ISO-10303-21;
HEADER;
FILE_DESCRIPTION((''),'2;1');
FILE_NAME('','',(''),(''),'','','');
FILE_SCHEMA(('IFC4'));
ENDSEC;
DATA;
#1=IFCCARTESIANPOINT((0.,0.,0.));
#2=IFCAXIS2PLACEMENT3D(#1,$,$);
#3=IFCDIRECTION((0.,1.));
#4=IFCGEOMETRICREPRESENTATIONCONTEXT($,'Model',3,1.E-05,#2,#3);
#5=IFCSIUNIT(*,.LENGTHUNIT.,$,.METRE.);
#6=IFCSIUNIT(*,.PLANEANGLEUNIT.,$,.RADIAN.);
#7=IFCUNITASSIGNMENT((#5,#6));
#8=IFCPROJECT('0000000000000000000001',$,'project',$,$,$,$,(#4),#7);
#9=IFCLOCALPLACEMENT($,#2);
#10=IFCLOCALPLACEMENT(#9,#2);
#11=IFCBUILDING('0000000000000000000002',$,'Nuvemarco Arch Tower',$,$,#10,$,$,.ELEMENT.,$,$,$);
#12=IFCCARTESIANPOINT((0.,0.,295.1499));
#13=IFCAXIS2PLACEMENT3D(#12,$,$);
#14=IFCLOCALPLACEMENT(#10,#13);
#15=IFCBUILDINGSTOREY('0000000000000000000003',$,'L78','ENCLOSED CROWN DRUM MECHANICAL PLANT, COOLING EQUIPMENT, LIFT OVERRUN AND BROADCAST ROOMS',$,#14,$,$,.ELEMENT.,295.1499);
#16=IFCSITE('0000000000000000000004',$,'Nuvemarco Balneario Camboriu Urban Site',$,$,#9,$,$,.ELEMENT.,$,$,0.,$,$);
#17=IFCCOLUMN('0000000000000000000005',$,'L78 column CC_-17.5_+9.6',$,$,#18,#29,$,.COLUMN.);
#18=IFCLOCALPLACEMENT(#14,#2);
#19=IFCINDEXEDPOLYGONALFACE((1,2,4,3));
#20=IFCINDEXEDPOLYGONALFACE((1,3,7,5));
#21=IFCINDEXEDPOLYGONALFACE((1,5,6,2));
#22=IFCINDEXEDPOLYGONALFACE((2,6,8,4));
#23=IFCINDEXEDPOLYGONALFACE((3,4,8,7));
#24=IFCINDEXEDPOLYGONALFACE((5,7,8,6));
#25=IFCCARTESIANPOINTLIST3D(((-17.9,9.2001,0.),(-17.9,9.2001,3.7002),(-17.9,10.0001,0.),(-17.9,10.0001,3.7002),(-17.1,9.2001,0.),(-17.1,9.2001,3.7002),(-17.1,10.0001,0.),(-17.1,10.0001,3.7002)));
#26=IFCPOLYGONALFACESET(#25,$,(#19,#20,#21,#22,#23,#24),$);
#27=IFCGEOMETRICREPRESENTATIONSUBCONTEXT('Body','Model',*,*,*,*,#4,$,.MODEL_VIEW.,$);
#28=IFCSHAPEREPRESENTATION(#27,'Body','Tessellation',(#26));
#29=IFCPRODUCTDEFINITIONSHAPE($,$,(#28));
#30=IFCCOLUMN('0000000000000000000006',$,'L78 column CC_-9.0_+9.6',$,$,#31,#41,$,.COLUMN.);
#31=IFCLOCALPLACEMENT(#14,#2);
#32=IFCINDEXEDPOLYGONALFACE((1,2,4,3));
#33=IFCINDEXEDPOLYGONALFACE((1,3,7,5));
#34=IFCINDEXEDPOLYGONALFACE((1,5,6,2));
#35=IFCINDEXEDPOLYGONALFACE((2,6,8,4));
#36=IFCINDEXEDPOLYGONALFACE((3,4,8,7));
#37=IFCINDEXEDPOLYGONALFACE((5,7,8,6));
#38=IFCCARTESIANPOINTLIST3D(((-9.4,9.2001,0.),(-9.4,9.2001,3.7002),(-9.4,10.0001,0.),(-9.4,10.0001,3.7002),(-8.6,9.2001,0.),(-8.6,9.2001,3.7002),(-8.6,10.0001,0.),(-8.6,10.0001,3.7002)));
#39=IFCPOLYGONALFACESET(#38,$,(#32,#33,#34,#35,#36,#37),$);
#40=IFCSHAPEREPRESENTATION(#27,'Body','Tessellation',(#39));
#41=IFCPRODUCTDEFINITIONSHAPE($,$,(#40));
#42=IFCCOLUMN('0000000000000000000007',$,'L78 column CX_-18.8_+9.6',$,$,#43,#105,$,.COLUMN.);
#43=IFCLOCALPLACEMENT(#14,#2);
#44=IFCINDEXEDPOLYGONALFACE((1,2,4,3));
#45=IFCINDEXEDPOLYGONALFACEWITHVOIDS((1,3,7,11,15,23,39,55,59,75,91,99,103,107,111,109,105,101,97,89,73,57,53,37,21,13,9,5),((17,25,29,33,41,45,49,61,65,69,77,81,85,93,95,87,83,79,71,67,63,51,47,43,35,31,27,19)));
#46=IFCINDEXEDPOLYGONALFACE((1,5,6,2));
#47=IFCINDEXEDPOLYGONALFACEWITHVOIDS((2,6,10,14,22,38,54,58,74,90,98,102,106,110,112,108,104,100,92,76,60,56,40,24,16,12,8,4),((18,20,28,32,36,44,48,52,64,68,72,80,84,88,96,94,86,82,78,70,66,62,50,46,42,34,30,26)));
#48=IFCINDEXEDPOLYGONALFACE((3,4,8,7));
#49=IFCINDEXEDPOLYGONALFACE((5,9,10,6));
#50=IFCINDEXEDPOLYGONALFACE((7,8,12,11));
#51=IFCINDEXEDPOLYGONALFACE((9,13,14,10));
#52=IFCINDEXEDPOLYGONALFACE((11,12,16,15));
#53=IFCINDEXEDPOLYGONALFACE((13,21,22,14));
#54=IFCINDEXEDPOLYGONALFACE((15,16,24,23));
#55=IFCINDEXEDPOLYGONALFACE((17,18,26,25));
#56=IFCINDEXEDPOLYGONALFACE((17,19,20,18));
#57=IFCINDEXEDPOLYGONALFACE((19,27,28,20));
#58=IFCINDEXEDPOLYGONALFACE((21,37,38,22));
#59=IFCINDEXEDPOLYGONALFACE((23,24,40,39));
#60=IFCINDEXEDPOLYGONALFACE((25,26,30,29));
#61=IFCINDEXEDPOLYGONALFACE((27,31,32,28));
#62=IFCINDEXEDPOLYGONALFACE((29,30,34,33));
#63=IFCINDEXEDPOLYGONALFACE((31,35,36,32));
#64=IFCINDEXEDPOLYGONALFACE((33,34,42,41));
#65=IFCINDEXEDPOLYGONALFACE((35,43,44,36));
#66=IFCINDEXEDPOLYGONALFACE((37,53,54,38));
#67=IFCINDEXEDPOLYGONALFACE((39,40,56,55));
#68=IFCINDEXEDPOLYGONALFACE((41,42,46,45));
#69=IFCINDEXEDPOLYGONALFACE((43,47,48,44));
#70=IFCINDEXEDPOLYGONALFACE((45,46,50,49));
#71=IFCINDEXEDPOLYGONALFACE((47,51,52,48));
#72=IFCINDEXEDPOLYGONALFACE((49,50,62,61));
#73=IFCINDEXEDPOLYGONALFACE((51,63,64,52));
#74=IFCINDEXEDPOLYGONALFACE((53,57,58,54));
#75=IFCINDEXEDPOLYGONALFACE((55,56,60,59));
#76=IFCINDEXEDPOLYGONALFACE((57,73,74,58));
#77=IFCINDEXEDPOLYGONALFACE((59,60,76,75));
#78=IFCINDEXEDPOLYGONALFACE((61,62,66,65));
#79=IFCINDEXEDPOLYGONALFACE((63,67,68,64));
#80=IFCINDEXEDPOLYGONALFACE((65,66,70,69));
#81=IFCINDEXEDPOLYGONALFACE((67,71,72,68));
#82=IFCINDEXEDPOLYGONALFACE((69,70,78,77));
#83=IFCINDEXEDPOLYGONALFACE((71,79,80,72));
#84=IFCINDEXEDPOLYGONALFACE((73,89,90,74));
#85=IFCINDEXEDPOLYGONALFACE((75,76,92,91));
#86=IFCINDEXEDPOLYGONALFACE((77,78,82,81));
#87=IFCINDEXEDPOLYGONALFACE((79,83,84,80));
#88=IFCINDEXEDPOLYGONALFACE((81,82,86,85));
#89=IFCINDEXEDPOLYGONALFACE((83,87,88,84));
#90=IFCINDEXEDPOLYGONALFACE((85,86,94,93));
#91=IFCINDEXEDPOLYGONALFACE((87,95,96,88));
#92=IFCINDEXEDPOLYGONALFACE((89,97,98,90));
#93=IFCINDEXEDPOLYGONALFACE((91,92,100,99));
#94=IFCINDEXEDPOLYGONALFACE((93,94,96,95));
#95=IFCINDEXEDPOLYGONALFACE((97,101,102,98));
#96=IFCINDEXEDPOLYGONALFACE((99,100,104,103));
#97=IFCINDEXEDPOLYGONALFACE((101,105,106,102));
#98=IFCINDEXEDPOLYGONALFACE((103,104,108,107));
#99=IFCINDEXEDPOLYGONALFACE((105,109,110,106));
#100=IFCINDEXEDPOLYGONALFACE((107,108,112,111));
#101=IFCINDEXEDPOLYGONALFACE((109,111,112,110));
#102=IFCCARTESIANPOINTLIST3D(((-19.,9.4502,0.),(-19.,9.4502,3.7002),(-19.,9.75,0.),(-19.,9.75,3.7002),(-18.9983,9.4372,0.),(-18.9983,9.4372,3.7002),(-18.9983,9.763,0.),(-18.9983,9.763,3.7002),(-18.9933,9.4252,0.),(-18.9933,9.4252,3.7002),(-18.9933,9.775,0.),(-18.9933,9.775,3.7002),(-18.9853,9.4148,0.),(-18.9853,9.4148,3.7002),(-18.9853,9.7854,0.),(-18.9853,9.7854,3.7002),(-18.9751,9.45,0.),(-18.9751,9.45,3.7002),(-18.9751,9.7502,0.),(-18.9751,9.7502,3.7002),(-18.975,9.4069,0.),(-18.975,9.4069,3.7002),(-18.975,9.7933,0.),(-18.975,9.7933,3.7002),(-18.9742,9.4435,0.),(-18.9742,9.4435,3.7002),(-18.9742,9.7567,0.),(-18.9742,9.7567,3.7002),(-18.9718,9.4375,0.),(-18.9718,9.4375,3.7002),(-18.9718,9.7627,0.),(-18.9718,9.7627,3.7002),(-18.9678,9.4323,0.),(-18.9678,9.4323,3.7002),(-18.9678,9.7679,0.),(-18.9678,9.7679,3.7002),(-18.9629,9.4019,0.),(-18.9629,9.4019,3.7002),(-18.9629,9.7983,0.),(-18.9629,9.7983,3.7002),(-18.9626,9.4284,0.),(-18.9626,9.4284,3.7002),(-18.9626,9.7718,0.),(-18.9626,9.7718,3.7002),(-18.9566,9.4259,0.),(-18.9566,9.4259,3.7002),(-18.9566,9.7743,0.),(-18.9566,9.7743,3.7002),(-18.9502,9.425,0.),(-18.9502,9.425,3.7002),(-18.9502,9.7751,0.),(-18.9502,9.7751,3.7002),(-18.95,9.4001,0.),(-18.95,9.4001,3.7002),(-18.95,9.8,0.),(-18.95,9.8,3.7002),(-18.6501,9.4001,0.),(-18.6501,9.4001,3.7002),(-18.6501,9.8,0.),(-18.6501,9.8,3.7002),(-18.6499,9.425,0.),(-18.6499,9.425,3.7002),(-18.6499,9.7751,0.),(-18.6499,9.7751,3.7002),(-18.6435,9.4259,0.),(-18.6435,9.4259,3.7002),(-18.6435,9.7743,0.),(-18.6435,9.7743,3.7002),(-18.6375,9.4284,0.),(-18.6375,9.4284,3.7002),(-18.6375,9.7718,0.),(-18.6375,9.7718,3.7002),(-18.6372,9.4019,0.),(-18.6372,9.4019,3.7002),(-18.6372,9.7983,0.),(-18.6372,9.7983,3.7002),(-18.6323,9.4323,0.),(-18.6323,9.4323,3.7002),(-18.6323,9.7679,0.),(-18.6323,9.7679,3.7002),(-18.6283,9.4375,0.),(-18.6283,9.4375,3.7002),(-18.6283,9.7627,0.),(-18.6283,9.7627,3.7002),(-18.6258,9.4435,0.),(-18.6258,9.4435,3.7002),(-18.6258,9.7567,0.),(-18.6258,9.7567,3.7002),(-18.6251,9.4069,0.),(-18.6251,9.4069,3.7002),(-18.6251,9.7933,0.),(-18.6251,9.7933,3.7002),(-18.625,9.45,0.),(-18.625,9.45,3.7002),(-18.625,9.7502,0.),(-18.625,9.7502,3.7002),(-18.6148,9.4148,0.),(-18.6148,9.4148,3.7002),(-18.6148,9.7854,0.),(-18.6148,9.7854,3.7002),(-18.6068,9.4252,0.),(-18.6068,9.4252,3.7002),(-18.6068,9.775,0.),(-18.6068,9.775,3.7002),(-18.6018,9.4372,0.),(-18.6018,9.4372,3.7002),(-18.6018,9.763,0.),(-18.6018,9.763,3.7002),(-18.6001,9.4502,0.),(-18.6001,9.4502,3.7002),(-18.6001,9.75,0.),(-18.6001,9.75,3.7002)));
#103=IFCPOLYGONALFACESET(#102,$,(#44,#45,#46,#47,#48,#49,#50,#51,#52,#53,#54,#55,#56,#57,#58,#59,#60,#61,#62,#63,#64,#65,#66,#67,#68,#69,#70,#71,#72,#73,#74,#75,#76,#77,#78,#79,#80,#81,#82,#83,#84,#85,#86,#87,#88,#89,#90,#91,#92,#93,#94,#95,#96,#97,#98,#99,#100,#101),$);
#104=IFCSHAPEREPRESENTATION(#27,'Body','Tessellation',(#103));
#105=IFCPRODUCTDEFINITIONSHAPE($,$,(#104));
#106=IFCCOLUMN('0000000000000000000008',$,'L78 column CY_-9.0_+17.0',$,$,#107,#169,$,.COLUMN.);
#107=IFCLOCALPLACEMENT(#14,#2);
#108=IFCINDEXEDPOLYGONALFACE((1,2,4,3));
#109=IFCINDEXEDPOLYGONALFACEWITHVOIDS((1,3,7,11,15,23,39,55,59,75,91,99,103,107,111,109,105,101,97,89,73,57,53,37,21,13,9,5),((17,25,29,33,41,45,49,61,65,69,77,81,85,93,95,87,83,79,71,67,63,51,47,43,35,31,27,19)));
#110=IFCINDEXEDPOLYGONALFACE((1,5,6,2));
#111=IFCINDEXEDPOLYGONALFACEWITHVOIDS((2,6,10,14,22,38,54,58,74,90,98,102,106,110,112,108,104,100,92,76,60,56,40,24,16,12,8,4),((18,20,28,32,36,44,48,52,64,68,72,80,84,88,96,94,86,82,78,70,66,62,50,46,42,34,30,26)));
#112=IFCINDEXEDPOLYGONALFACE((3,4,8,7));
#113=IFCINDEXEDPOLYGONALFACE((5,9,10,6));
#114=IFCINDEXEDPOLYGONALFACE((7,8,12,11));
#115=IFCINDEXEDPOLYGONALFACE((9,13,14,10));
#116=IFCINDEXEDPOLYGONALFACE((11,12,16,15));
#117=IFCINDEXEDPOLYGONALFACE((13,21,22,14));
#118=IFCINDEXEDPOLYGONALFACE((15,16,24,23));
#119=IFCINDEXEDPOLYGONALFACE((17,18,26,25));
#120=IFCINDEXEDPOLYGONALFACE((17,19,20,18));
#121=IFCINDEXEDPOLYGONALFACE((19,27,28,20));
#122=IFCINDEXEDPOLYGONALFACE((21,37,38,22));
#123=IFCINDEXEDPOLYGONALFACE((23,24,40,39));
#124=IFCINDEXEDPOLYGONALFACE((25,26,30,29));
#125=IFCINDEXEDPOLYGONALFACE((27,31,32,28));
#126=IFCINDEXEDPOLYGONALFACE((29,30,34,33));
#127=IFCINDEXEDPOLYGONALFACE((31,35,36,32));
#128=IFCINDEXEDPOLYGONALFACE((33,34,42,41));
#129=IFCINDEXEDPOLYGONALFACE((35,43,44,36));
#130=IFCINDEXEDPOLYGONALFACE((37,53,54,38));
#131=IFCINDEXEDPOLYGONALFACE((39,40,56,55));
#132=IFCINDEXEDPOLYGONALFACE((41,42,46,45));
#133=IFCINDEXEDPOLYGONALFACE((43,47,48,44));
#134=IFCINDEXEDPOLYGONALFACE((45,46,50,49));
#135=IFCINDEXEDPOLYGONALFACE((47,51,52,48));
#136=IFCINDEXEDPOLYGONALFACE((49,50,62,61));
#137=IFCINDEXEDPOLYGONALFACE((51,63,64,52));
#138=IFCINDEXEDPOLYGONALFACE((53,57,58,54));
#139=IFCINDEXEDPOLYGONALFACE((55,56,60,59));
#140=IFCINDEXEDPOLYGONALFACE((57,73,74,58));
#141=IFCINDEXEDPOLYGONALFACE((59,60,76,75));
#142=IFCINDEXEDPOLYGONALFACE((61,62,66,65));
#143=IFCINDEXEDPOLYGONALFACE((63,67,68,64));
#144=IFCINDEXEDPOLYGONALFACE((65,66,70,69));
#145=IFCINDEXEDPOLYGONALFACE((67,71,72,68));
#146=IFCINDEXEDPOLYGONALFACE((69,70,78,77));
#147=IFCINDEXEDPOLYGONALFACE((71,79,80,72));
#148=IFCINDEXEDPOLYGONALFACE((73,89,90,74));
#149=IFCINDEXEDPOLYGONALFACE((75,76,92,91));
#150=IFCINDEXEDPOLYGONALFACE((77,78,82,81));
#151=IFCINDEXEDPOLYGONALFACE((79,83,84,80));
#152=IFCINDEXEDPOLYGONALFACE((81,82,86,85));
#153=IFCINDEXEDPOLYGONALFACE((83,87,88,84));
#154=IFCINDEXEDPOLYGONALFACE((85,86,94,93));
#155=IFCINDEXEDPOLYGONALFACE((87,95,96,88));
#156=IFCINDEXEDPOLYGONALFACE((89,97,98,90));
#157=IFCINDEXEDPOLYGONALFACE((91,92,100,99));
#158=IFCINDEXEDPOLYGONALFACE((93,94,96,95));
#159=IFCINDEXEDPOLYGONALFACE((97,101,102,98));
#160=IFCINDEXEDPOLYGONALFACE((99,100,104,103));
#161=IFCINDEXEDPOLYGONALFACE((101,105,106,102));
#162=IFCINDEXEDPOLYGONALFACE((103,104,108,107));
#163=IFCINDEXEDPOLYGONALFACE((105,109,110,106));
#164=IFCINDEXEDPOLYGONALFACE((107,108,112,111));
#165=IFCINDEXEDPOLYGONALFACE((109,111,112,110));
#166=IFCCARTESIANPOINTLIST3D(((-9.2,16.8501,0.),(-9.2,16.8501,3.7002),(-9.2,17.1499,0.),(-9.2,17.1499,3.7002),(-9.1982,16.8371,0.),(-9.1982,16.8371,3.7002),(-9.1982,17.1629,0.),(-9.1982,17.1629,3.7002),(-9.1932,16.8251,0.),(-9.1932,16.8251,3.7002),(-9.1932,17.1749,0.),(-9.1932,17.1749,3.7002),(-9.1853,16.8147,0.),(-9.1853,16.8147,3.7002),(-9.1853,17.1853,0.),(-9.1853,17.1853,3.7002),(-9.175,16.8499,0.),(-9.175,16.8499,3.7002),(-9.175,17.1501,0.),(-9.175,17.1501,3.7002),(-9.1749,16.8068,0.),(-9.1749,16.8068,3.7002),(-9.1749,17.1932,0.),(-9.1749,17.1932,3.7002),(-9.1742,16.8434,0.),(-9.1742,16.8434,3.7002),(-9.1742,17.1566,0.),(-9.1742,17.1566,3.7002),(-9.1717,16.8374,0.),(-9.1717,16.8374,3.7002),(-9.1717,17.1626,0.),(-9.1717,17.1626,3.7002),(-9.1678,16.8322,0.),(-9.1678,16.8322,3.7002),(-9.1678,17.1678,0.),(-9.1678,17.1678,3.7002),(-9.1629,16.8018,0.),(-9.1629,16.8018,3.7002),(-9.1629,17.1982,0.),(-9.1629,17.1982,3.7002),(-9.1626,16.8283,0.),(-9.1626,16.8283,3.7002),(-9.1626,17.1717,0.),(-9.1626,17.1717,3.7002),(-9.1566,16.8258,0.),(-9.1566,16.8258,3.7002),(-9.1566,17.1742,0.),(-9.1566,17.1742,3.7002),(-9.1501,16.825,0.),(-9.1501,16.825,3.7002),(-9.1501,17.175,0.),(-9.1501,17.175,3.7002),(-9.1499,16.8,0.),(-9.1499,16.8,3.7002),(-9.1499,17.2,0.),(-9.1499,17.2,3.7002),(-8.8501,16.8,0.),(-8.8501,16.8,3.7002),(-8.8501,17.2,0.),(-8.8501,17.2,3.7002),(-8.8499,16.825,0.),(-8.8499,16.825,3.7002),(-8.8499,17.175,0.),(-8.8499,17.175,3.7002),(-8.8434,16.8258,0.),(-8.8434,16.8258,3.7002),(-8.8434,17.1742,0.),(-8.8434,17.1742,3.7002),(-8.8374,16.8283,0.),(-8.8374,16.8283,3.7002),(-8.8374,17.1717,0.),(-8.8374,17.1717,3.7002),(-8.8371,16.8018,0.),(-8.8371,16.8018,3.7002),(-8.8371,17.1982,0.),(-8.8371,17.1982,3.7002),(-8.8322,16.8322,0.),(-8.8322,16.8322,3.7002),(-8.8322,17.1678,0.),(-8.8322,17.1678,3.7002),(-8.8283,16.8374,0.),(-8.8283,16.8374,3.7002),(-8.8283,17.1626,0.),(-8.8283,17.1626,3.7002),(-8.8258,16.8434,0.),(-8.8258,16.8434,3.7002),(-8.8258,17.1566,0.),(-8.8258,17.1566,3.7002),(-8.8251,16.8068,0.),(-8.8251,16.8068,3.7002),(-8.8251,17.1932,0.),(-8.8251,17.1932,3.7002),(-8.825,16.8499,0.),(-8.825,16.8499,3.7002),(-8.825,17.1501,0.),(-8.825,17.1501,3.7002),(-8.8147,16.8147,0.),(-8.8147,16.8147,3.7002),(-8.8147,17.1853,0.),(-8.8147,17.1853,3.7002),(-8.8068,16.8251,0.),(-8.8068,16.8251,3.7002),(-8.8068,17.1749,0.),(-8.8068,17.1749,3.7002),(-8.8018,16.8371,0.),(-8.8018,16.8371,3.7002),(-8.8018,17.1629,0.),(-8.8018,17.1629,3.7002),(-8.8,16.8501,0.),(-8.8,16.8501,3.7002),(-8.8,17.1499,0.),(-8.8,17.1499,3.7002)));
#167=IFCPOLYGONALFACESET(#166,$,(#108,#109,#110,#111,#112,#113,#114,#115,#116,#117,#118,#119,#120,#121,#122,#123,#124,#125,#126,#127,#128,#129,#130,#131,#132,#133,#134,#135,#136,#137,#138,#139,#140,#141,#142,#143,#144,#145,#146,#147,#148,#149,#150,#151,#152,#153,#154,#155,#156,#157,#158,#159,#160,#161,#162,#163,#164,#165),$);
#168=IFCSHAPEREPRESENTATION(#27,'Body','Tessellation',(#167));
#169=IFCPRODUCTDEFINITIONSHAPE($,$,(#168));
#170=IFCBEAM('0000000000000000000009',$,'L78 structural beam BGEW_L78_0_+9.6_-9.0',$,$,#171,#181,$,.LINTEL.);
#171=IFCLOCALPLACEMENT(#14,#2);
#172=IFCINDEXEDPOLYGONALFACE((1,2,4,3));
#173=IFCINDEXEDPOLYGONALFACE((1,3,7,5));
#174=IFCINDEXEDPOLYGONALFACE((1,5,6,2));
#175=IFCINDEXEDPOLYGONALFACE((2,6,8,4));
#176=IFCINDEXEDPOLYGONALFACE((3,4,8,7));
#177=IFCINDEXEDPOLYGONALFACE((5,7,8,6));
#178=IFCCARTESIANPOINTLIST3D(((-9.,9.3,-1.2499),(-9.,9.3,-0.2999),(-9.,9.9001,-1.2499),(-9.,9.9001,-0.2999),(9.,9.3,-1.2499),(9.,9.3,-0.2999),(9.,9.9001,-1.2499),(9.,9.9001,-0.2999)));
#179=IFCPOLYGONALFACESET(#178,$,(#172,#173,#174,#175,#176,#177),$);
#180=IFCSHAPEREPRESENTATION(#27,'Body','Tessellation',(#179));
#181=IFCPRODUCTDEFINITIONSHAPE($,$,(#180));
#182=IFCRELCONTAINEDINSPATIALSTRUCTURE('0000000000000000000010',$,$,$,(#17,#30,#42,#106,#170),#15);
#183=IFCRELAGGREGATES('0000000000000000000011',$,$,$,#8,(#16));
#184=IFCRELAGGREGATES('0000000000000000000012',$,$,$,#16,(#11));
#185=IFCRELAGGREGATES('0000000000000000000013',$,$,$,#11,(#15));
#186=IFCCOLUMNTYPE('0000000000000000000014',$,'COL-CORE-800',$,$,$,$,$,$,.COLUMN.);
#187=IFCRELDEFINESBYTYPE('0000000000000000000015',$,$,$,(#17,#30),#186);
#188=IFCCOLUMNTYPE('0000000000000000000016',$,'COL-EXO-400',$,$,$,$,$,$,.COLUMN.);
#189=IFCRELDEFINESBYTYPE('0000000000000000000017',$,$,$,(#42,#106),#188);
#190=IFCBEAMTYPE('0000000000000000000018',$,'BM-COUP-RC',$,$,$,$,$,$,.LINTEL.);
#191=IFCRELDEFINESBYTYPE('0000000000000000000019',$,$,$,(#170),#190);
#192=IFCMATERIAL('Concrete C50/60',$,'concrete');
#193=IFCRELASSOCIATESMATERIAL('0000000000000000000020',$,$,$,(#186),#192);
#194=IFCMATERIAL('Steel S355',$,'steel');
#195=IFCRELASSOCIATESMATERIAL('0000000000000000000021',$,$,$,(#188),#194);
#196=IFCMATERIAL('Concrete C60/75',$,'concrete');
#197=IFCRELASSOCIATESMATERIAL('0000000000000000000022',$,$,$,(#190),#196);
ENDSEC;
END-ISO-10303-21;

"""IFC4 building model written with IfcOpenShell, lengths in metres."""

from ifc_helpers import new_model, si_unit, direction, frame, origin, origin_2d, place, context, subcontext, project, spatial, rectangle, hollow_rectangle, extrude, material, material_profile, profile_set, type_object, element, save


model = new_model("IFC4")

# Units and contexts
model_context = context("Model", 3, precision=1e-05, world=origin(), true_north=direction((0.0, 1.0)))
body_context = subcontext(model_context, "Body", "Model", "MODEL_VIEW")
ifc_project = project(units=[si_unit("LENGTHUNIT", "METRE"), si_unit("PLANEANGLEUNIT", "RADIAN")], contexts=[model_context])

# Site, building, storey
site_placement = place(None, origin())
site = spatial("IfcSite", under=ifc_project, at=site_placement, Name="Nuvemarco Balneario Camboriu Urban Site", CompositionType="ELEMENT", RefElevation=0.0)
building_placement = place(site_placement, origin())
building = spatial("IfcBuilding", under=site, at=building_placement, Name="Nuvemarco Arch Tower", CompositionType="ELEMENT")
storey_placement = place(building_placement, frame((0.0, 0.0, 295.1499)))
storey = spatial("IfcBuildingStorey", under=building, at=storey_placement, Name="L78", Description="ENCLOSED CROWN DRUM MECHANICAL PLANT, COOLING EQUIPMENT, LIFT OVERRUN AND BROADCAST ROOMS", CompositionType="ELEMENT", Elevation=295.1499)

# Columns
ifc_material_1 = material(Name="Concrete C50/60", Category="concrete")
ifc_material_profile_1 = material_profile(ifc_material_1, rectangle(XDim=0.8, YDim=0.8, at=origin_2d()), Name="RC-COL-800x800")
ifc_profile_set_1 = profile_set([ifc_material_profile_1], Name="Concrete C50/60")
column_type_1 = type_object("IfcColumnType", Name="COL-CORE-800", PredefinedType="COLUMN", material=ifc_profile_set_1)
for number, where, z_axis, x_axis, name in (
    (1, (-17.5, 9.6001, 0.0), (0.0, 0.0, 1.0), (1.0, 0.0, 0.0), "L78 column CC_-17.5_+9.6"),
    (2, (-9.0, 9.6001, 0.0), (0.0, 0.0, 1.0), (1.0, 0.0, 0.0), "L78 column CC_-9.0_+9.6"),
):
    element("IfcColumn", number, at=place(storey_placement, frame(where, z_axis=z_axis, x_axis=x_axis)), inside=storey, type_object=column_type_1, Name=name, PredefinedType="COLUMN", context=body_context, shape_type="SweptSolid", body=[
        extrude(rectangle(XDim=0.8, YDim=0.8, at=origin_2d()), origin(), (0.0, 0.0, 1.0), 3.7002),
    ])
ifc_material_2 = material(Name="Steel S355", Category="steel")
ifc_material_profile_2 = material_profile(ifc_material_2, hollow_rectangle(XDim=0.3999, YDim=0.3999, WallThickness=0.0249, InnerFilletRadius=0.0249, OuterFilletRadius=0.05, at=origin_2d()), Name="SHS400x400x25")
ifc_profile_set_2 = profile_set([ifc_material_profile_2], Name="Steel S355")
column_type_2 = type_object("IfcColumnType", Name="COL-EXO-400", PredefinedType="COLUMN", material=ifc_profile_set_2)
for number, where, z_axis, x_axis, name in (
    (3, (-18.8, 9.6001, 0.0), (0.0, 0.0, 1.0), (1.0, 0.0, 0.0), "L78 column CX_-18.8_+9.6"),
    (4, (-9.0, 17.0, 0.0), (0.0, 0.0, 1.0), (1.0, 0.0, 0.0), "L78 column CY_-9.0_+17.0"),
):
    element("IfcColumn", number, at=place(storey_placement, frame(where, z_axis=z_axis, x_axis=x_axis)), inside=storey, type_object=column_type_2, Name=name, PredefinedType="COLUMN", context=body_context, shape_type="SweptSolid", body=[
        extrude(hollow_rectangle(XDim=0.3999, YDim=0.3999, WallThickness=0.0249, InnerFilletRadius=0.0249, OuterFilletRadius=0.05, at=origin_2d()), origin(), (0.0, 0.0, 1.0), 3.7002),
    ])

# Beam
ifc_material_3 = material(Name="Concrete C60/75", Category="concrete")
ifc_material_profile_3 = material_profile(ifc_material_3, rectangle(XDim=0.6001, YDim=0.95, at=origin_2d()), Name="RC-BM-600x950")
ifc_profile_set_3 = profile_set([ifc_material_profile_3], Name="Concrete C60/75")
beam_type_1 = type_object("IfcBeamType", Name="BM-COUP-RC", PredefinedType="LINTEL", material=ifc_profile_set_3)
beam_1_placement = place(storey_placement, frame((-9.0, 9.6001, -0.7749), z_axis=(1.0, 0.0, 0.0), x_axis=(0.0, 1.0, 0.0)))
element("IfcBeam", 5, at=beam_1_placement, inside=storey, type_object=beam_type_1, Name="L78 structural beam BGEW_L78_0_+9.6_-9.0", PredefinedType="LINTEL", context=body_context, shape_type="SweptSolid", body=[
    extrude(rectangle(XDim=0.6001, YDim=0.95, at=origin_2d()), origin(), (0.0, 0.0, 1.0), 18.0),
])

save(model, "model.ifc")
